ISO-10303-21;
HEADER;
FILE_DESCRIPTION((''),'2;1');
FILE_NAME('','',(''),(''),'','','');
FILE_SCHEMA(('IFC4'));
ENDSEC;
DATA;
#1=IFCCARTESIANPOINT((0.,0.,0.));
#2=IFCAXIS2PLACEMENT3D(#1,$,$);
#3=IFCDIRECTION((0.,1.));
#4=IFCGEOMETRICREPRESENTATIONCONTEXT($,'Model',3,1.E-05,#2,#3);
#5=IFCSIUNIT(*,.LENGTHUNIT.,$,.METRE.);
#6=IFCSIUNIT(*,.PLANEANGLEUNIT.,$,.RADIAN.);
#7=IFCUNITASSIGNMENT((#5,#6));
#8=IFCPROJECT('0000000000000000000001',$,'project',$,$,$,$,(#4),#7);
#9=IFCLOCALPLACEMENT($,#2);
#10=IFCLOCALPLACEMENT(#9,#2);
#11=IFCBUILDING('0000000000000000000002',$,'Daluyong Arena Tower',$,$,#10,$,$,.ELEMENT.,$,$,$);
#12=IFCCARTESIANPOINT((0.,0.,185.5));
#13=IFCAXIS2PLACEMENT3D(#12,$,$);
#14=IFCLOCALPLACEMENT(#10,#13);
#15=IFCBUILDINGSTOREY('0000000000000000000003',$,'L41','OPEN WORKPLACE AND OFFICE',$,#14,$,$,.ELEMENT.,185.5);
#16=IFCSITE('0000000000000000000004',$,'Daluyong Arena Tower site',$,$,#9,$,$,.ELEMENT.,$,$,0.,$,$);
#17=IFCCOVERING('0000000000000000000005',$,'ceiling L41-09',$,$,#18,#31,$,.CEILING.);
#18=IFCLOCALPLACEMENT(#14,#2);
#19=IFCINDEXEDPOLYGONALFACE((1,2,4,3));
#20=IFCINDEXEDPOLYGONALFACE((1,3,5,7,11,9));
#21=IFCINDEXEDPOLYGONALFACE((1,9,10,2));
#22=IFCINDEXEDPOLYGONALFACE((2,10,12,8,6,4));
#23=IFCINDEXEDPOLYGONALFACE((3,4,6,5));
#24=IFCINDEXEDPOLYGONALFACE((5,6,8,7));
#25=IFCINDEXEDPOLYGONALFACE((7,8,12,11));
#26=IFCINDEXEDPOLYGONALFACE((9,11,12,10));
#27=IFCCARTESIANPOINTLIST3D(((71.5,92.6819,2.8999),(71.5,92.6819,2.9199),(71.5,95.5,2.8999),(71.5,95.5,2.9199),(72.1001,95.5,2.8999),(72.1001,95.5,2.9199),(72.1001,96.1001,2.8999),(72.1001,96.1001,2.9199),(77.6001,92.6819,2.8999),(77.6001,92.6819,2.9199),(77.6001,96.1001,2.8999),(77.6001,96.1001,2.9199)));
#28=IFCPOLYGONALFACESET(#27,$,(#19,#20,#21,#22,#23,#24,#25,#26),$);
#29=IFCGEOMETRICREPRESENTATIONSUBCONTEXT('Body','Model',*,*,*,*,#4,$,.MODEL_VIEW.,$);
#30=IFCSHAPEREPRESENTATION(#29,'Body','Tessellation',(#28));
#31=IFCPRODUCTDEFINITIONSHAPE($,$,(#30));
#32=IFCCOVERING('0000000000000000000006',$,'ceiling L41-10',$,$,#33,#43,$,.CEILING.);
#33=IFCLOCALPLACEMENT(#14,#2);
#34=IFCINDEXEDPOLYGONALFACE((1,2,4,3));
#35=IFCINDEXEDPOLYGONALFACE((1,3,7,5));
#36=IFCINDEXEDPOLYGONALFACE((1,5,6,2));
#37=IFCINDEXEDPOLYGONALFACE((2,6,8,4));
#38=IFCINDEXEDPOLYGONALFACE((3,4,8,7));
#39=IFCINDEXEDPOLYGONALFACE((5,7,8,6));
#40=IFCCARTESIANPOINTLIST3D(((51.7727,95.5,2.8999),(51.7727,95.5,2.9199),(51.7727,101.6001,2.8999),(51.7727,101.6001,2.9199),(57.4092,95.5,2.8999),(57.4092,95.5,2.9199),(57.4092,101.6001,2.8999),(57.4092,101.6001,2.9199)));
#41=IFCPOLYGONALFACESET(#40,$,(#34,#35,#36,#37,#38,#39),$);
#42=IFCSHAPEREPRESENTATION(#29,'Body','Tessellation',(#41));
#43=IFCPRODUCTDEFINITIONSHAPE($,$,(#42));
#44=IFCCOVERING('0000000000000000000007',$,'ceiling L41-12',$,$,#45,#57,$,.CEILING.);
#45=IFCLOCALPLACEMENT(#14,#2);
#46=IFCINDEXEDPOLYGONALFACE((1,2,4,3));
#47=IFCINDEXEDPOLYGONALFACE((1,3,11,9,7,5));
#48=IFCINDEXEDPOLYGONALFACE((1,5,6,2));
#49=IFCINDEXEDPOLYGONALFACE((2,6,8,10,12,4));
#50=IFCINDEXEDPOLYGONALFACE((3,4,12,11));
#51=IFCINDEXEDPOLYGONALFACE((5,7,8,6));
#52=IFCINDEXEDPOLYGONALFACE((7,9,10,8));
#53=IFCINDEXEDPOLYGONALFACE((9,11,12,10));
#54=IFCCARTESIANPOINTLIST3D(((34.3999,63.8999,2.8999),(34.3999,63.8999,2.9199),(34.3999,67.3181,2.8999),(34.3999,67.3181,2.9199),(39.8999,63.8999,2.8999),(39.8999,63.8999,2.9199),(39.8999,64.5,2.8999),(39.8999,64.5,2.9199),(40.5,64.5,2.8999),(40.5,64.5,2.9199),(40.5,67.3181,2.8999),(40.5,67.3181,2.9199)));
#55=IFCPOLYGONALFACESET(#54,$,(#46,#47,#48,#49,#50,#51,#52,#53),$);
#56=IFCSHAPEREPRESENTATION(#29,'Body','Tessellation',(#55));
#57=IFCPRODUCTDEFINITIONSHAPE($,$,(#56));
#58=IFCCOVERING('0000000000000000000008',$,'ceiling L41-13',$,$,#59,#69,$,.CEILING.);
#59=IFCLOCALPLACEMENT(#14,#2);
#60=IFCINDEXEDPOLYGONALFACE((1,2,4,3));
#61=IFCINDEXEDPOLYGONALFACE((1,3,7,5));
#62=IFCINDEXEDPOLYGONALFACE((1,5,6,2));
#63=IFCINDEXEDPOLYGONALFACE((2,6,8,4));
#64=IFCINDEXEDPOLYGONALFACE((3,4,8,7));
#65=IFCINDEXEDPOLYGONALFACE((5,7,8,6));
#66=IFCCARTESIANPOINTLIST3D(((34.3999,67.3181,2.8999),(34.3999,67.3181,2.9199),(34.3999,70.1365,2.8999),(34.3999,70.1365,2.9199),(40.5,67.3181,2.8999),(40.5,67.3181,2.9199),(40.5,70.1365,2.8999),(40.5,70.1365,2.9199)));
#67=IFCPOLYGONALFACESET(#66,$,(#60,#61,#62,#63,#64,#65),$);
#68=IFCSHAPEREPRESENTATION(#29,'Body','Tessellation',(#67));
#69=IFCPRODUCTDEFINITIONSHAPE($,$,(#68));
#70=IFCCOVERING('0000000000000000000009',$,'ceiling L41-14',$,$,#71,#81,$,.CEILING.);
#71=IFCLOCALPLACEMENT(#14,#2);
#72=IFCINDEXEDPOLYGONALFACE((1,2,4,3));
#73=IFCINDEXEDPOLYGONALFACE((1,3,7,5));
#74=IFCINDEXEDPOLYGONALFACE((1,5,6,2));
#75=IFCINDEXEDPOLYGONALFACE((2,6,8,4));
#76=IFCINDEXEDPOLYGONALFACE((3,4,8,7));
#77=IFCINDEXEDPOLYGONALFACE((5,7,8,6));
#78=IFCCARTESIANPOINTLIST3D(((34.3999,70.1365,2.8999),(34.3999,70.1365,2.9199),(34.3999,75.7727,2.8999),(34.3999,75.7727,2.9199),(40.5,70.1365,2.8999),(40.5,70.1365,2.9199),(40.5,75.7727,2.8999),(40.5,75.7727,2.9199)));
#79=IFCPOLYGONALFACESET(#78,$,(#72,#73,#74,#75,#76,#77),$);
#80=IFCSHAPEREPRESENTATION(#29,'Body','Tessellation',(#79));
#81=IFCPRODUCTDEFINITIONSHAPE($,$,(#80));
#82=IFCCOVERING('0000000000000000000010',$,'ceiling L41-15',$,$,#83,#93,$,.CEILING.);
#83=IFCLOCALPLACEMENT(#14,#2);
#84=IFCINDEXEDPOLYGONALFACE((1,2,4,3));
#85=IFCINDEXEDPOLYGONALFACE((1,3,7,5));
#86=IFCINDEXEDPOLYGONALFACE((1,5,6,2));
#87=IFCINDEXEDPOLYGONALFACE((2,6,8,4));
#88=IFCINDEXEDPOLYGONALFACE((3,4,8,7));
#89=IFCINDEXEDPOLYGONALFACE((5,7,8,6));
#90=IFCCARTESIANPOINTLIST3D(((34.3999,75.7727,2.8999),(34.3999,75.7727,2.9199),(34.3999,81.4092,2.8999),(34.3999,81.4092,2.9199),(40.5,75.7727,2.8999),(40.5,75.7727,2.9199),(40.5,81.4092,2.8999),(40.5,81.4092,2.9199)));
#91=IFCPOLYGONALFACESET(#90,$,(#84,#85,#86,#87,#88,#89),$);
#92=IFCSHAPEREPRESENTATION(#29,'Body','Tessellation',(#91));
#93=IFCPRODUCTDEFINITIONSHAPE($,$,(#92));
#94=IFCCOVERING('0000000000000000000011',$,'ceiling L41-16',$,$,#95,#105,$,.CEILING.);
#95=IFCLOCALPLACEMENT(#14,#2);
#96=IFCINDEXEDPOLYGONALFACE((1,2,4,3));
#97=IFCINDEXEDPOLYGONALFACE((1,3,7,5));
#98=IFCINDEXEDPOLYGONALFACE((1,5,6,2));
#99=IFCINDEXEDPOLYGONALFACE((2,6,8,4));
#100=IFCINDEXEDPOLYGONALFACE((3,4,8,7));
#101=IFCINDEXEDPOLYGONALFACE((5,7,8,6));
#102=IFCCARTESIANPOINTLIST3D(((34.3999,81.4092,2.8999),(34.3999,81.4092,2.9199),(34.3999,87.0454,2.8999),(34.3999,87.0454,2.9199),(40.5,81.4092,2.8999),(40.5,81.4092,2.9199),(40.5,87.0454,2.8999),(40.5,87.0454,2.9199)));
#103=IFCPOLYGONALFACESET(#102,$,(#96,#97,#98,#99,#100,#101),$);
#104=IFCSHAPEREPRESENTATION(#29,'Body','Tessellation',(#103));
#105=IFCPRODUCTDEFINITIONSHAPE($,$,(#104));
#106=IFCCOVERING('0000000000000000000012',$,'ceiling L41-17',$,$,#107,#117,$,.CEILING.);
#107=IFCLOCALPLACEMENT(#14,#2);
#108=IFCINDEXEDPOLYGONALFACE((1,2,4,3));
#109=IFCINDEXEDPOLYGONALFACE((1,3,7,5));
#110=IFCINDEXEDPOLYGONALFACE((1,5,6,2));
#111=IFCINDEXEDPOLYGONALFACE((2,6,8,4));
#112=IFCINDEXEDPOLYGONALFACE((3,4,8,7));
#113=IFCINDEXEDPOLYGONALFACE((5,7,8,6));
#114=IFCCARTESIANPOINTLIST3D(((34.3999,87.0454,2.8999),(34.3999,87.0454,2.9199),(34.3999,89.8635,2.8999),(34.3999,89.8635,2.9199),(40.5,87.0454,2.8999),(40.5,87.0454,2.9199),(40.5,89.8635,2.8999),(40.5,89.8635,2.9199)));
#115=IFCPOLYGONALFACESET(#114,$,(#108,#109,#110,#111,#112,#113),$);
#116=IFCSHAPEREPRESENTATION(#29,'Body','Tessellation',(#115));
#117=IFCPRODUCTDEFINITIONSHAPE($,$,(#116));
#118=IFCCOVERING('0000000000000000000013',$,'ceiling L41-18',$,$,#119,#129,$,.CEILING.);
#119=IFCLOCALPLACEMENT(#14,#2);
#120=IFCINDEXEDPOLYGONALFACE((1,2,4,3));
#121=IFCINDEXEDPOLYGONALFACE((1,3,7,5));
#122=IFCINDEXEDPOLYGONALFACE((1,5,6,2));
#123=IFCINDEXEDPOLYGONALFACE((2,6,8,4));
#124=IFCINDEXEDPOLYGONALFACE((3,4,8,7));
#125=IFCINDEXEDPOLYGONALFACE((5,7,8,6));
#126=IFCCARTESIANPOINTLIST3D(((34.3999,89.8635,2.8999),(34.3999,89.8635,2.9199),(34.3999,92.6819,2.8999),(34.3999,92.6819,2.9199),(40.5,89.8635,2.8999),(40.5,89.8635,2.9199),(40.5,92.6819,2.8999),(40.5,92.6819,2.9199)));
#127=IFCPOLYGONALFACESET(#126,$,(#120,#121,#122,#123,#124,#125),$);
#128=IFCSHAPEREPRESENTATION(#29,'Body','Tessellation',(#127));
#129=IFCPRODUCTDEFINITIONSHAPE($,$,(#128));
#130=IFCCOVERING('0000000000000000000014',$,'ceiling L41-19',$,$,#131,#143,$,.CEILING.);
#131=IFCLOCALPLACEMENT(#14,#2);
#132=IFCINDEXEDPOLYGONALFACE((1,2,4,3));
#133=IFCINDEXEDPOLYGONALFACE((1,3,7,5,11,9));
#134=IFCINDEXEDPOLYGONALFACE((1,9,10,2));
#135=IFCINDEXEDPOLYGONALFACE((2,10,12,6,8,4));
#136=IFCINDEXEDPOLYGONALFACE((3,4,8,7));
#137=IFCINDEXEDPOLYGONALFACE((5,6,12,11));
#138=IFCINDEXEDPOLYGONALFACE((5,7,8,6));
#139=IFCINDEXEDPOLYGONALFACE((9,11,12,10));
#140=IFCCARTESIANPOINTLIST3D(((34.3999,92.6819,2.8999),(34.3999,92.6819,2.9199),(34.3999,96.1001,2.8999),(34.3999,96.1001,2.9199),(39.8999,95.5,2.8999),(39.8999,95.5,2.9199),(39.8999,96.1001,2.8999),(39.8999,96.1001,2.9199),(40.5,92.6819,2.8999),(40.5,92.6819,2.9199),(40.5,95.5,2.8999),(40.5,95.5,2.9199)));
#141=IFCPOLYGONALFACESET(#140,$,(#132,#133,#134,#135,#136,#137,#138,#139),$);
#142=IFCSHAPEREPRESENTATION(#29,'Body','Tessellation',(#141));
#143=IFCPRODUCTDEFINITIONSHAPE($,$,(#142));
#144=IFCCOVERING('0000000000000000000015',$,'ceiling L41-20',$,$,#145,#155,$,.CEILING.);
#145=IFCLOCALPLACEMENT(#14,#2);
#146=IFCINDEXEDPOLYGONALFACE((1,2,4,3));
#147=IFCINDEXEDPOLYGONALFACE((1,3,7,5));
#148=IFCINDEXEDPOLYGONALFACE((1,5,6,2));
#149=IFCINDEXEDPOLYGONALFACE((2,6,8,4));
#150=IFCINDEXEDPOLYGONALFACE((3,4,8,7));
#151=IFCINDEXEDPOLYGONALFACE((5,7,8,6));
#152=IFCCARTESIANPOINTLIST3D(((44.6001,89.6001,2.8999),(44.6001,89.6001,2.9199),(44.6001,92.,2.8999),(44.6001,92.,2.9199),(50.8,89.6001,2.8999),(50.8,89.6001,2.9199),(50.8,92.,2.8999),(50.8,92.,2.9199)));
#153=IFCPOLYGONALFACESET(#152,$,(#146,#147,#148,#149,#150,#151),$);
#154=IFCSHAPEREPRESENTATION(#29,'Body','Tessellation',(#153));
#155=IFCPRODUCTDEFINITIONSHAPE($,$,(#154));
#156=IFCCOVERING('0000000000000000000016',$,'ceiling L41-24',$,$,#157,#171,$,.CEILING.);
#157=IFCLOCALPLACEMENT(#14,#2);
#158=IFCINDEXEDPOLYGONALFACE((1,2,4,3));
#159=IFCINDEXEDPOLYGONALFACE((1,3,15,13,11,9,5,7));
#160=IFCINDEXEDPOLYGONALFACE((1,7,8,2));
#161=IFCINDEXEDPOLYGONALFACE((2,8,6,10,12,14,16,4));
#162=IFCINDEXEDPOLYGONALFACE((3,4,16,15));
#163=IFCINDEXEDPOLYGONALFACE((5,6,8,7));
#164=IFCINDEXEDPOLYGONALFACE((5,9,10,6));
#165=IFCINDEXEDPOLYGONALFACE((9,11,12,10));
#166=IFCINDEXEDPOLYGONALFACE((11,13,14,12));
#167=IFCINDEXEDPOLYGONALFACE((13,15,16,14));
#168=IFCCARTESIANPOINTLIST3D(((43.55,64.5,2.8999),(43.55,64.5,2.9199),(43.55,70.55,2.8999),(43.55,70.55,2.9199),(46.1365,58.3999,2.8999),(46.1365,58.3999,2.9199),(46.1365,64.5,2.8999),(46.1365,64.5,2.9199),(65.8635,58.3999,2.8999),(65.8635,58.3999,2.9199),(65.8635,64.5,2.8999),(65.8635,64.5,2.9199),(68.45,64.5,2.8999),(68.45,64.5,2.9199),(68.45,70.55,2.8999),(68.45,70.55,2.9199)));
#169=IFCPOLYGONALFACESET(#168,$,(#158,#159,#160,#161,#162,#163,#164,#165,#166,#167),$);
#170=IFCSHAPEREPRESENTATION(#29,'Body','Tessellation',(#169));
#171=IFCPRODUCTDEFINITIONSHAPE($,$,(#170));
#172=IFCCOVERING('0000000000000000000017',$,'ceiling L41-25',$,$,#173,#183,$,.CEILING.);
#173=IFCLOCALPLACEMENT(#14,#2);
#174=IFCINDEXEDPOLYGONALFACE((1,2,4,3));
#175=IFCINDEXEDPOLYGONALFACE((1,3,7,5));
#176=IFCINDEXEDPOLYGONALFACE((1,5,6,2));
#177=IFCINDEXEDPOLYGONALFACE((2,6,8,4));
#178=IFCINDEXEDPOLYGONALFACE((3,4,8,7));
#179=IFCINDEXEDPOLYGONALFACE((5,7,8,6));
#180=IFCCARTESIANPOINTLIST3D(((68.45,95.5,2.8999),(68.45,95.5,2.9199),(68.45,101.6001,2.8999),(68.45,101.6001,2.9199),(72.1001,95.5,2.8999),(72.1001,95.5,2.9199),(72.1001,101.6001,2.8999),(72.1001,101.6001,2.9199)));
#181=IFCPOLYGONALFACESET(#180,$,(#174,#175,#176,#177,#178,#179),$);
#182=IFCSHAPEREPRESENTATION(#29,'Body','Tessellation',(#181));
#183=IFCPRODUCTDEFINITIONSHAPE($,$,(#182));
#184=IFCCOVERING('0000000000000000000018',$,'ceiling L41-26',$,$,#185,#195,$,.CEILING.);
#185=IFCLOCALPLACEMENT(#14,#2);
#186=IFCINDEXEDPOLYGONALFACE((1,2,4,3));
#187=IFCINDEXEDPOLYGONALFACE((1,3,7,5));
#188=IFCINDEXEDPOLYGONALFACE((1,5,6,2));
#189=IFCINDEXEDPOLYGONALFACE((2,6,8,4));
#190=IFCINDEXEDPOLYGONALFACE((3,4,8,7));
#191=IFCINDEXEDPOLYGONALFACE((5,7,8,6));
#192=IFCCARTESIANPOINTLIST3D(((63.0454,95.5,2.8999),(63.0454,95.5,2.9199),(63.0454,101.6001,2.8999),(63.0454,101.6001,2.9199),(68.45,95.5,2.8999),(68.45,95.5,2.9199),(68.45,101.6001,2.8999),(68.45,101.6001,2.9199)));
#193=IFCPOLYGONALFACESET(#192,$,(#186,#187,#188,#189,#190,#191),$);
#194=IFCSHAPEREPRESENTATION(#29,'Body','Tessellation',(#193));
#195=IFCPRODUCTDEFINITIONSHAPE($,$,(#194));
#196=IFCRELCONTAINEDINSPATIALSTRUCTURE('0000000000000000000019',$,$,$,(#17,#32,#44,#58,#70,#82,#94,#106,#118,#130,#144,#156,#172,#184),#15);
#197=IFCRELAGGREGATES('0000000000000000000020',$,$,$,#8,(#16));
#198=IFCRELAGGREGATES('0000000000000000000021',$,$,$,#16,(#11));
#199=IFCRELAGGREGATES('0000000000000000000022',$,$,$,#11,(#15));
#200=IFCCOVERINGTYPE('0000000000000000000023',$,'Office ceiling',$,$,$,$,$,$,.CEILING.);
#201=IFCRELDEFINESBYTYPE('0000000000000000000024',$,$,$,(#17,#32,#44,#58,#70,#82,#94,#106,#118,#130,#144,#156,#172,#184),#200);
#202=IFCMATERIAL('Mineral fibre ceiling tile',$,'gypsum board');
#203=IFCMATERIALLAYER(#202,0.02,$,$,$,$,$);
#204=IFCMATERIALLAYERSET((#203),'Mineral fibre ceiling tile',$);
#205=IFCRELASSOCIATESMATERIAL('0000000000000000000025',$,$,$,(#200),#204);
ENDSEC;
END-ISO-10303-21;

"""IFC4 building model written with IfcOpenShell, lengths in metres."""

from ifc_helpers import new_model, si_unit, direction, frame, origin, place, context, subcontext, project, spatial, polyline, outline, extrude, material, layer, layer_set, type_object, element, save


model = new_model("IFC4")

# Units and contexts
model_context = context("Model", 3, precision=1e-05, world=origin(), true_north=direction((0.0, 1.0)))
body_context = subcontext(model_context, "Body", "Model", "MODEL_VIEW")
ifc_project = project(units=[si_unit("LENGTHUNIT", "METRE"), si_unit("PLANEANGLEUNIT", "RADIAN")], contexts=[model_context])

# Site, building, storey
site_placement = place(None, origin())
site = spatial("IfcSite", under=ifc_project, at=site_placement, Name="Daluyong Arena Tower site", CompositionType="ELEMENT", RefElevation=0.0)
building_placement = place(site_placement, origin())
building = spatial("IfcBuilding", under=site, at=building_placement, Name="Daluyong Arena Tower", CompositionType="ELEMENT")
storey_placement = place(building_placement, frame((0.0, 0.0, 185.5)))
storey = spatial("IfcBuildingStorey", under=building, at=storey_placement, Name="L41", Description="OPEN WORKPLACE AND OFFICE", CompositionType="ELEMENT", Elevation=185.5)

# Coverings
ifc_material_1 = material(Name="Mineral fibre ceiling tile", Category="gypsum board")
ifc_layer_1 = layer(ifc_material_1, 0.02)
ifc_layer_set_1 = layer_set([ifc_layer_1], Name="Mineral fibre ceiling tile")
covering_type_1 = type_object("IfcCoveringType", Name="Office ceiling", PredefinedType="CEILING", material=ifc_layer_set_1)
covering_1_placement = place(storey_placement, frame((0.0, 0.0, 2.8999)))
element("IfcCovering", 1, at=covering_1_placement, inside=storey, type_object=covering_type_1, Name="ceiling L41-09", PredefinedType="CEILING", context=body_context, shape_type="SweptSolid", body=[
    extrude(outline(polyline([(71.5, 92.6819), (77.6001, 92.6819), (77.6001, 96.1001), (72.1001, 96.1001), (72.1001, 95.5), (71.5, 95.5), (71.5, 92.6819)])), origin(), (0.0, 0.0, 1.0), 0.02),
])
covering_2_placement = place(storey_placement, frame((0.0, 0.0, 2.8999)))
element("IfcCovering", 2, at=covering_2_placement, inside=storey, type_object=covering_type_1, Name="ceiling L41-10", PredefinedType="CEILING", context=body_context, shape_type="SweptSolid", body=[
    extrude(outline(polyline([(57.4092, 95.5), (57.4092, 101.6001), (51.7727, 101.6001), (51.7727, 95.5), (57.4092, 95.5)])), origin(), (0.0, 0.0, 1.0), 0.02),
])
covering_3_placement = place(storey_placement, frame((0.0, 0.0, 2.8999)))
element("IfcCovering", 3, at=covering_3_placement, inside=storey, type_object=covering_type_1, Name="ceiling L41-12", PredefinedType="CEILING", context=body_context, shape_type="SweptSolid", body=[
    extrude(outline(polyline([(34.3999, 63.8999), (39.8999, 63.8999), (39.8999, 64.5), (40.5, 64.5), (40.5, 67.3181), (34.3999, 67.3181), (34.3999, 63.8999)])), origin(), (0.0, 0.0, 1.0), 0.02),
])
covering_4_placement = place(storey_placement, frame((0.0, 0.0, 2.8999)))
element("IfcCovering", 4, at=covering_4_placement, inside=storey, type_object=covering_type_1, Name="ceiling L41-13", PredefinedType="CEILING", context=body_context, shape_type="SweptSolid", body=[
    extrude(outline(polyline([(40.5, 70.1365), (34.3999, 70.1365), (34.3999, 67.3181), (40.5, 67.3181), (40.5, 70.1365)])), origin(), (0.0, 0.0, 1.0), 0.02),
])
covering_5_placement = place(storey_placement, frame((0.0, 0.0, 2.8999)))
element("IfcCovering", 5, at=covering_5_placement, inside=storey, type_object=covering_type_1, Name="ceiling L41-14", PredefinedType="CEILING", context=body_context, shape_type="SweptSolid", body=[
    extrude(outline(polyline([(40.5, 75.7727), (34.3999, 75.7727), (34.3999, 70.1365), (40.5, 70.1365), (40.5, 75.7727)])), origin(), (0.0, 0.0, 1.0), 0.02),
])
covering_6_placement = place(storey_placement, frame((0.0, 0.0, 2.8999)))
element("IfcCovering", 6, at=covering_6_placement, inside=storey, type_object=covering_type_1, Name="ceiling L41-15", PredefinedType="CEILING", context=body_context, shape_type="SweptSolid", body=[
    extrude(outline(polyline([(40.5, 81.4092), (34.3999, 81.4092), (34.3999, 75.7727), (40.5, 75.7727), (40.5, 81.4092)])), origin(), (0.0, 0.0, 1.0), 0.02),
])
covering_7_placement = place(storey_placement, frame((0.0, 0.0, 2.8999)))
element("IfcCovering", 7, at=covering_7_placement, inside=storey, type_object=covering_type_1, Name="ceiling L41-16", PredefinedType="CEILING", context=body_context, shape_type="SweptSolid", body=[
    extrude(outline(polyline([(40.5, 87.0454), (34.3999, 87.0454), (34.3999, 81.4092), (40.5, 81.4092), (40.5, 87.0454)])), origin(), (0.0, 0.0, 1.0), 0.02),
])
covering_8_placement = place(storey_placement, frame((0.0, 0.0, 2.8999)))
element("IfcCovering", 8, at=covering_8_placement, inside=storey, type_object=covering_type_1, Name="ceiling L41-17", PredefinedType="CEILING", context=body_context, shape_type="SweptSolid", body=[
    extrude(outline(polyline([(40.5, 89.8635), (34.3999, 89.8635), (34.3999, 87.0454), (40.5, 87.0454), (40.5, 89.8635)])), origin(), (0.0, 0.0, 1.0), 0.02),
])
covering_9_placement = place(storey_placement, frame((0.0, 0.0, 2.8999)))
element("IfcCovering", 9, at=covering_9_placement, inside=storey, type_object=covering_type_1, Name="ceiling L41-18", PredefinedType="CEILING", context=body_context, shape_type="SweptSolid", body=[
    extrude(outline(polyline([(40.5, 92.6819), (34.3999, 92.6819), (34.3999, 89.8635), (40.5, 89.8635), (40.5, 92.6819)])), origin(), (0.0, 0.0, 1.0), 0.02),
])
covering_10_placement = place(storey_placement, frame((0.0, 0.0, 2.8999)))
element("IfcCovering", 10, at=covering_10_placement, inside=storey, type_object=covering_type_1, Name="ceiling L41-19", PredefinedType="CEILING", context=body_context, shape_type="SweptSolid", body=[
    extrude(outline(polyline([(40.5, 92.6819), (40.5, 95.5), (39.8999, 95.5), (39.8999, 96.1001), (34.3999, 96.1001), (34.3999, 92.6819), (40.5, 92.6819)])), origin(), (0.0, 0.0, 1.0), 0.02),
])
covering_11_placement = place(storey_placement, frame((0.0, 0.0, 2.8999)))
element("IfcCovering", 11, at=covering_11_placement, inside=storey, type_object=covering_type_1, Name="ceiling L41-20", PredefinedType="CEILING", context=body_context, shape_type="SweptSolid", body=[
    extrude(outline(polyline([(44.6001, 89.6001), (50.8, 89.6001), (50.8, 92.0), (44.6001, 92.0), (44.6001, 89.6001)])), origin(), (0.0, 0.0, 1.0), 0.02),
])
covering_12_placement = place(storey_placement, frame((0.0, 0.0, 2.8999)))
element("IfcCovering", 12, at=covering_12_placement, inside=storey, type_object=covering_type_1, Name="ceiling L41-24", PredefinedType="CEILING", context=body_context, shape_type="SweptSolid", body=[
    extrude(outline(polyline([(46.1365, 58.3999), (65.8635, 58.3999), (65.8635, 64.5), (68.45, 64.5), (68.45, 70.55), (43.55, 70.55), (43.55, 64.5), (46.1365, 64.5), (46.1365, 58.3999)])), origin(), (0.0, 0.0, 1.0), 0.02),
])
covering_13_placement = place(storey_placement, frame((0.0, 0.0, 2.8999)))
element("IfcCovering", 13, at=covering_13_placement, inside=storey, type_object=covering_type_1, Name="ceiling L41-25", PredefinedType="CEILING", context=body_context, shape_type="SweptSolid", body=[
    extrude(outline(polyline([(72.1001, 101.6001), (68.45, 101.6001), (68.45, 95.5), (72.1001, 95.5), (72.1001, 101.6001)])), origin(), (0.0, 0.0, 1.0), 0.02),
])
covering_14_placement = place(storey_placement, frame((0.0, 0.0, 2.8999)))
element("IfcCovering", 14, at=covering_14_placement, inside=storey, type_object=covering_type_1, Name="ceiling L41-26", PredefinedType="CEILING", context=body_context, shape_type="SweptSolid", body=[
    extrude(outline(polyline([(68.45, 101.6001), (63.0454, 101.6001), (63.0454, 95.5), (68.45, 95.5), (68.45, 101.6001)])), origin(), (0.0, 0.0, 1.0), 0.02),
])

save(model, "model.ifc")
